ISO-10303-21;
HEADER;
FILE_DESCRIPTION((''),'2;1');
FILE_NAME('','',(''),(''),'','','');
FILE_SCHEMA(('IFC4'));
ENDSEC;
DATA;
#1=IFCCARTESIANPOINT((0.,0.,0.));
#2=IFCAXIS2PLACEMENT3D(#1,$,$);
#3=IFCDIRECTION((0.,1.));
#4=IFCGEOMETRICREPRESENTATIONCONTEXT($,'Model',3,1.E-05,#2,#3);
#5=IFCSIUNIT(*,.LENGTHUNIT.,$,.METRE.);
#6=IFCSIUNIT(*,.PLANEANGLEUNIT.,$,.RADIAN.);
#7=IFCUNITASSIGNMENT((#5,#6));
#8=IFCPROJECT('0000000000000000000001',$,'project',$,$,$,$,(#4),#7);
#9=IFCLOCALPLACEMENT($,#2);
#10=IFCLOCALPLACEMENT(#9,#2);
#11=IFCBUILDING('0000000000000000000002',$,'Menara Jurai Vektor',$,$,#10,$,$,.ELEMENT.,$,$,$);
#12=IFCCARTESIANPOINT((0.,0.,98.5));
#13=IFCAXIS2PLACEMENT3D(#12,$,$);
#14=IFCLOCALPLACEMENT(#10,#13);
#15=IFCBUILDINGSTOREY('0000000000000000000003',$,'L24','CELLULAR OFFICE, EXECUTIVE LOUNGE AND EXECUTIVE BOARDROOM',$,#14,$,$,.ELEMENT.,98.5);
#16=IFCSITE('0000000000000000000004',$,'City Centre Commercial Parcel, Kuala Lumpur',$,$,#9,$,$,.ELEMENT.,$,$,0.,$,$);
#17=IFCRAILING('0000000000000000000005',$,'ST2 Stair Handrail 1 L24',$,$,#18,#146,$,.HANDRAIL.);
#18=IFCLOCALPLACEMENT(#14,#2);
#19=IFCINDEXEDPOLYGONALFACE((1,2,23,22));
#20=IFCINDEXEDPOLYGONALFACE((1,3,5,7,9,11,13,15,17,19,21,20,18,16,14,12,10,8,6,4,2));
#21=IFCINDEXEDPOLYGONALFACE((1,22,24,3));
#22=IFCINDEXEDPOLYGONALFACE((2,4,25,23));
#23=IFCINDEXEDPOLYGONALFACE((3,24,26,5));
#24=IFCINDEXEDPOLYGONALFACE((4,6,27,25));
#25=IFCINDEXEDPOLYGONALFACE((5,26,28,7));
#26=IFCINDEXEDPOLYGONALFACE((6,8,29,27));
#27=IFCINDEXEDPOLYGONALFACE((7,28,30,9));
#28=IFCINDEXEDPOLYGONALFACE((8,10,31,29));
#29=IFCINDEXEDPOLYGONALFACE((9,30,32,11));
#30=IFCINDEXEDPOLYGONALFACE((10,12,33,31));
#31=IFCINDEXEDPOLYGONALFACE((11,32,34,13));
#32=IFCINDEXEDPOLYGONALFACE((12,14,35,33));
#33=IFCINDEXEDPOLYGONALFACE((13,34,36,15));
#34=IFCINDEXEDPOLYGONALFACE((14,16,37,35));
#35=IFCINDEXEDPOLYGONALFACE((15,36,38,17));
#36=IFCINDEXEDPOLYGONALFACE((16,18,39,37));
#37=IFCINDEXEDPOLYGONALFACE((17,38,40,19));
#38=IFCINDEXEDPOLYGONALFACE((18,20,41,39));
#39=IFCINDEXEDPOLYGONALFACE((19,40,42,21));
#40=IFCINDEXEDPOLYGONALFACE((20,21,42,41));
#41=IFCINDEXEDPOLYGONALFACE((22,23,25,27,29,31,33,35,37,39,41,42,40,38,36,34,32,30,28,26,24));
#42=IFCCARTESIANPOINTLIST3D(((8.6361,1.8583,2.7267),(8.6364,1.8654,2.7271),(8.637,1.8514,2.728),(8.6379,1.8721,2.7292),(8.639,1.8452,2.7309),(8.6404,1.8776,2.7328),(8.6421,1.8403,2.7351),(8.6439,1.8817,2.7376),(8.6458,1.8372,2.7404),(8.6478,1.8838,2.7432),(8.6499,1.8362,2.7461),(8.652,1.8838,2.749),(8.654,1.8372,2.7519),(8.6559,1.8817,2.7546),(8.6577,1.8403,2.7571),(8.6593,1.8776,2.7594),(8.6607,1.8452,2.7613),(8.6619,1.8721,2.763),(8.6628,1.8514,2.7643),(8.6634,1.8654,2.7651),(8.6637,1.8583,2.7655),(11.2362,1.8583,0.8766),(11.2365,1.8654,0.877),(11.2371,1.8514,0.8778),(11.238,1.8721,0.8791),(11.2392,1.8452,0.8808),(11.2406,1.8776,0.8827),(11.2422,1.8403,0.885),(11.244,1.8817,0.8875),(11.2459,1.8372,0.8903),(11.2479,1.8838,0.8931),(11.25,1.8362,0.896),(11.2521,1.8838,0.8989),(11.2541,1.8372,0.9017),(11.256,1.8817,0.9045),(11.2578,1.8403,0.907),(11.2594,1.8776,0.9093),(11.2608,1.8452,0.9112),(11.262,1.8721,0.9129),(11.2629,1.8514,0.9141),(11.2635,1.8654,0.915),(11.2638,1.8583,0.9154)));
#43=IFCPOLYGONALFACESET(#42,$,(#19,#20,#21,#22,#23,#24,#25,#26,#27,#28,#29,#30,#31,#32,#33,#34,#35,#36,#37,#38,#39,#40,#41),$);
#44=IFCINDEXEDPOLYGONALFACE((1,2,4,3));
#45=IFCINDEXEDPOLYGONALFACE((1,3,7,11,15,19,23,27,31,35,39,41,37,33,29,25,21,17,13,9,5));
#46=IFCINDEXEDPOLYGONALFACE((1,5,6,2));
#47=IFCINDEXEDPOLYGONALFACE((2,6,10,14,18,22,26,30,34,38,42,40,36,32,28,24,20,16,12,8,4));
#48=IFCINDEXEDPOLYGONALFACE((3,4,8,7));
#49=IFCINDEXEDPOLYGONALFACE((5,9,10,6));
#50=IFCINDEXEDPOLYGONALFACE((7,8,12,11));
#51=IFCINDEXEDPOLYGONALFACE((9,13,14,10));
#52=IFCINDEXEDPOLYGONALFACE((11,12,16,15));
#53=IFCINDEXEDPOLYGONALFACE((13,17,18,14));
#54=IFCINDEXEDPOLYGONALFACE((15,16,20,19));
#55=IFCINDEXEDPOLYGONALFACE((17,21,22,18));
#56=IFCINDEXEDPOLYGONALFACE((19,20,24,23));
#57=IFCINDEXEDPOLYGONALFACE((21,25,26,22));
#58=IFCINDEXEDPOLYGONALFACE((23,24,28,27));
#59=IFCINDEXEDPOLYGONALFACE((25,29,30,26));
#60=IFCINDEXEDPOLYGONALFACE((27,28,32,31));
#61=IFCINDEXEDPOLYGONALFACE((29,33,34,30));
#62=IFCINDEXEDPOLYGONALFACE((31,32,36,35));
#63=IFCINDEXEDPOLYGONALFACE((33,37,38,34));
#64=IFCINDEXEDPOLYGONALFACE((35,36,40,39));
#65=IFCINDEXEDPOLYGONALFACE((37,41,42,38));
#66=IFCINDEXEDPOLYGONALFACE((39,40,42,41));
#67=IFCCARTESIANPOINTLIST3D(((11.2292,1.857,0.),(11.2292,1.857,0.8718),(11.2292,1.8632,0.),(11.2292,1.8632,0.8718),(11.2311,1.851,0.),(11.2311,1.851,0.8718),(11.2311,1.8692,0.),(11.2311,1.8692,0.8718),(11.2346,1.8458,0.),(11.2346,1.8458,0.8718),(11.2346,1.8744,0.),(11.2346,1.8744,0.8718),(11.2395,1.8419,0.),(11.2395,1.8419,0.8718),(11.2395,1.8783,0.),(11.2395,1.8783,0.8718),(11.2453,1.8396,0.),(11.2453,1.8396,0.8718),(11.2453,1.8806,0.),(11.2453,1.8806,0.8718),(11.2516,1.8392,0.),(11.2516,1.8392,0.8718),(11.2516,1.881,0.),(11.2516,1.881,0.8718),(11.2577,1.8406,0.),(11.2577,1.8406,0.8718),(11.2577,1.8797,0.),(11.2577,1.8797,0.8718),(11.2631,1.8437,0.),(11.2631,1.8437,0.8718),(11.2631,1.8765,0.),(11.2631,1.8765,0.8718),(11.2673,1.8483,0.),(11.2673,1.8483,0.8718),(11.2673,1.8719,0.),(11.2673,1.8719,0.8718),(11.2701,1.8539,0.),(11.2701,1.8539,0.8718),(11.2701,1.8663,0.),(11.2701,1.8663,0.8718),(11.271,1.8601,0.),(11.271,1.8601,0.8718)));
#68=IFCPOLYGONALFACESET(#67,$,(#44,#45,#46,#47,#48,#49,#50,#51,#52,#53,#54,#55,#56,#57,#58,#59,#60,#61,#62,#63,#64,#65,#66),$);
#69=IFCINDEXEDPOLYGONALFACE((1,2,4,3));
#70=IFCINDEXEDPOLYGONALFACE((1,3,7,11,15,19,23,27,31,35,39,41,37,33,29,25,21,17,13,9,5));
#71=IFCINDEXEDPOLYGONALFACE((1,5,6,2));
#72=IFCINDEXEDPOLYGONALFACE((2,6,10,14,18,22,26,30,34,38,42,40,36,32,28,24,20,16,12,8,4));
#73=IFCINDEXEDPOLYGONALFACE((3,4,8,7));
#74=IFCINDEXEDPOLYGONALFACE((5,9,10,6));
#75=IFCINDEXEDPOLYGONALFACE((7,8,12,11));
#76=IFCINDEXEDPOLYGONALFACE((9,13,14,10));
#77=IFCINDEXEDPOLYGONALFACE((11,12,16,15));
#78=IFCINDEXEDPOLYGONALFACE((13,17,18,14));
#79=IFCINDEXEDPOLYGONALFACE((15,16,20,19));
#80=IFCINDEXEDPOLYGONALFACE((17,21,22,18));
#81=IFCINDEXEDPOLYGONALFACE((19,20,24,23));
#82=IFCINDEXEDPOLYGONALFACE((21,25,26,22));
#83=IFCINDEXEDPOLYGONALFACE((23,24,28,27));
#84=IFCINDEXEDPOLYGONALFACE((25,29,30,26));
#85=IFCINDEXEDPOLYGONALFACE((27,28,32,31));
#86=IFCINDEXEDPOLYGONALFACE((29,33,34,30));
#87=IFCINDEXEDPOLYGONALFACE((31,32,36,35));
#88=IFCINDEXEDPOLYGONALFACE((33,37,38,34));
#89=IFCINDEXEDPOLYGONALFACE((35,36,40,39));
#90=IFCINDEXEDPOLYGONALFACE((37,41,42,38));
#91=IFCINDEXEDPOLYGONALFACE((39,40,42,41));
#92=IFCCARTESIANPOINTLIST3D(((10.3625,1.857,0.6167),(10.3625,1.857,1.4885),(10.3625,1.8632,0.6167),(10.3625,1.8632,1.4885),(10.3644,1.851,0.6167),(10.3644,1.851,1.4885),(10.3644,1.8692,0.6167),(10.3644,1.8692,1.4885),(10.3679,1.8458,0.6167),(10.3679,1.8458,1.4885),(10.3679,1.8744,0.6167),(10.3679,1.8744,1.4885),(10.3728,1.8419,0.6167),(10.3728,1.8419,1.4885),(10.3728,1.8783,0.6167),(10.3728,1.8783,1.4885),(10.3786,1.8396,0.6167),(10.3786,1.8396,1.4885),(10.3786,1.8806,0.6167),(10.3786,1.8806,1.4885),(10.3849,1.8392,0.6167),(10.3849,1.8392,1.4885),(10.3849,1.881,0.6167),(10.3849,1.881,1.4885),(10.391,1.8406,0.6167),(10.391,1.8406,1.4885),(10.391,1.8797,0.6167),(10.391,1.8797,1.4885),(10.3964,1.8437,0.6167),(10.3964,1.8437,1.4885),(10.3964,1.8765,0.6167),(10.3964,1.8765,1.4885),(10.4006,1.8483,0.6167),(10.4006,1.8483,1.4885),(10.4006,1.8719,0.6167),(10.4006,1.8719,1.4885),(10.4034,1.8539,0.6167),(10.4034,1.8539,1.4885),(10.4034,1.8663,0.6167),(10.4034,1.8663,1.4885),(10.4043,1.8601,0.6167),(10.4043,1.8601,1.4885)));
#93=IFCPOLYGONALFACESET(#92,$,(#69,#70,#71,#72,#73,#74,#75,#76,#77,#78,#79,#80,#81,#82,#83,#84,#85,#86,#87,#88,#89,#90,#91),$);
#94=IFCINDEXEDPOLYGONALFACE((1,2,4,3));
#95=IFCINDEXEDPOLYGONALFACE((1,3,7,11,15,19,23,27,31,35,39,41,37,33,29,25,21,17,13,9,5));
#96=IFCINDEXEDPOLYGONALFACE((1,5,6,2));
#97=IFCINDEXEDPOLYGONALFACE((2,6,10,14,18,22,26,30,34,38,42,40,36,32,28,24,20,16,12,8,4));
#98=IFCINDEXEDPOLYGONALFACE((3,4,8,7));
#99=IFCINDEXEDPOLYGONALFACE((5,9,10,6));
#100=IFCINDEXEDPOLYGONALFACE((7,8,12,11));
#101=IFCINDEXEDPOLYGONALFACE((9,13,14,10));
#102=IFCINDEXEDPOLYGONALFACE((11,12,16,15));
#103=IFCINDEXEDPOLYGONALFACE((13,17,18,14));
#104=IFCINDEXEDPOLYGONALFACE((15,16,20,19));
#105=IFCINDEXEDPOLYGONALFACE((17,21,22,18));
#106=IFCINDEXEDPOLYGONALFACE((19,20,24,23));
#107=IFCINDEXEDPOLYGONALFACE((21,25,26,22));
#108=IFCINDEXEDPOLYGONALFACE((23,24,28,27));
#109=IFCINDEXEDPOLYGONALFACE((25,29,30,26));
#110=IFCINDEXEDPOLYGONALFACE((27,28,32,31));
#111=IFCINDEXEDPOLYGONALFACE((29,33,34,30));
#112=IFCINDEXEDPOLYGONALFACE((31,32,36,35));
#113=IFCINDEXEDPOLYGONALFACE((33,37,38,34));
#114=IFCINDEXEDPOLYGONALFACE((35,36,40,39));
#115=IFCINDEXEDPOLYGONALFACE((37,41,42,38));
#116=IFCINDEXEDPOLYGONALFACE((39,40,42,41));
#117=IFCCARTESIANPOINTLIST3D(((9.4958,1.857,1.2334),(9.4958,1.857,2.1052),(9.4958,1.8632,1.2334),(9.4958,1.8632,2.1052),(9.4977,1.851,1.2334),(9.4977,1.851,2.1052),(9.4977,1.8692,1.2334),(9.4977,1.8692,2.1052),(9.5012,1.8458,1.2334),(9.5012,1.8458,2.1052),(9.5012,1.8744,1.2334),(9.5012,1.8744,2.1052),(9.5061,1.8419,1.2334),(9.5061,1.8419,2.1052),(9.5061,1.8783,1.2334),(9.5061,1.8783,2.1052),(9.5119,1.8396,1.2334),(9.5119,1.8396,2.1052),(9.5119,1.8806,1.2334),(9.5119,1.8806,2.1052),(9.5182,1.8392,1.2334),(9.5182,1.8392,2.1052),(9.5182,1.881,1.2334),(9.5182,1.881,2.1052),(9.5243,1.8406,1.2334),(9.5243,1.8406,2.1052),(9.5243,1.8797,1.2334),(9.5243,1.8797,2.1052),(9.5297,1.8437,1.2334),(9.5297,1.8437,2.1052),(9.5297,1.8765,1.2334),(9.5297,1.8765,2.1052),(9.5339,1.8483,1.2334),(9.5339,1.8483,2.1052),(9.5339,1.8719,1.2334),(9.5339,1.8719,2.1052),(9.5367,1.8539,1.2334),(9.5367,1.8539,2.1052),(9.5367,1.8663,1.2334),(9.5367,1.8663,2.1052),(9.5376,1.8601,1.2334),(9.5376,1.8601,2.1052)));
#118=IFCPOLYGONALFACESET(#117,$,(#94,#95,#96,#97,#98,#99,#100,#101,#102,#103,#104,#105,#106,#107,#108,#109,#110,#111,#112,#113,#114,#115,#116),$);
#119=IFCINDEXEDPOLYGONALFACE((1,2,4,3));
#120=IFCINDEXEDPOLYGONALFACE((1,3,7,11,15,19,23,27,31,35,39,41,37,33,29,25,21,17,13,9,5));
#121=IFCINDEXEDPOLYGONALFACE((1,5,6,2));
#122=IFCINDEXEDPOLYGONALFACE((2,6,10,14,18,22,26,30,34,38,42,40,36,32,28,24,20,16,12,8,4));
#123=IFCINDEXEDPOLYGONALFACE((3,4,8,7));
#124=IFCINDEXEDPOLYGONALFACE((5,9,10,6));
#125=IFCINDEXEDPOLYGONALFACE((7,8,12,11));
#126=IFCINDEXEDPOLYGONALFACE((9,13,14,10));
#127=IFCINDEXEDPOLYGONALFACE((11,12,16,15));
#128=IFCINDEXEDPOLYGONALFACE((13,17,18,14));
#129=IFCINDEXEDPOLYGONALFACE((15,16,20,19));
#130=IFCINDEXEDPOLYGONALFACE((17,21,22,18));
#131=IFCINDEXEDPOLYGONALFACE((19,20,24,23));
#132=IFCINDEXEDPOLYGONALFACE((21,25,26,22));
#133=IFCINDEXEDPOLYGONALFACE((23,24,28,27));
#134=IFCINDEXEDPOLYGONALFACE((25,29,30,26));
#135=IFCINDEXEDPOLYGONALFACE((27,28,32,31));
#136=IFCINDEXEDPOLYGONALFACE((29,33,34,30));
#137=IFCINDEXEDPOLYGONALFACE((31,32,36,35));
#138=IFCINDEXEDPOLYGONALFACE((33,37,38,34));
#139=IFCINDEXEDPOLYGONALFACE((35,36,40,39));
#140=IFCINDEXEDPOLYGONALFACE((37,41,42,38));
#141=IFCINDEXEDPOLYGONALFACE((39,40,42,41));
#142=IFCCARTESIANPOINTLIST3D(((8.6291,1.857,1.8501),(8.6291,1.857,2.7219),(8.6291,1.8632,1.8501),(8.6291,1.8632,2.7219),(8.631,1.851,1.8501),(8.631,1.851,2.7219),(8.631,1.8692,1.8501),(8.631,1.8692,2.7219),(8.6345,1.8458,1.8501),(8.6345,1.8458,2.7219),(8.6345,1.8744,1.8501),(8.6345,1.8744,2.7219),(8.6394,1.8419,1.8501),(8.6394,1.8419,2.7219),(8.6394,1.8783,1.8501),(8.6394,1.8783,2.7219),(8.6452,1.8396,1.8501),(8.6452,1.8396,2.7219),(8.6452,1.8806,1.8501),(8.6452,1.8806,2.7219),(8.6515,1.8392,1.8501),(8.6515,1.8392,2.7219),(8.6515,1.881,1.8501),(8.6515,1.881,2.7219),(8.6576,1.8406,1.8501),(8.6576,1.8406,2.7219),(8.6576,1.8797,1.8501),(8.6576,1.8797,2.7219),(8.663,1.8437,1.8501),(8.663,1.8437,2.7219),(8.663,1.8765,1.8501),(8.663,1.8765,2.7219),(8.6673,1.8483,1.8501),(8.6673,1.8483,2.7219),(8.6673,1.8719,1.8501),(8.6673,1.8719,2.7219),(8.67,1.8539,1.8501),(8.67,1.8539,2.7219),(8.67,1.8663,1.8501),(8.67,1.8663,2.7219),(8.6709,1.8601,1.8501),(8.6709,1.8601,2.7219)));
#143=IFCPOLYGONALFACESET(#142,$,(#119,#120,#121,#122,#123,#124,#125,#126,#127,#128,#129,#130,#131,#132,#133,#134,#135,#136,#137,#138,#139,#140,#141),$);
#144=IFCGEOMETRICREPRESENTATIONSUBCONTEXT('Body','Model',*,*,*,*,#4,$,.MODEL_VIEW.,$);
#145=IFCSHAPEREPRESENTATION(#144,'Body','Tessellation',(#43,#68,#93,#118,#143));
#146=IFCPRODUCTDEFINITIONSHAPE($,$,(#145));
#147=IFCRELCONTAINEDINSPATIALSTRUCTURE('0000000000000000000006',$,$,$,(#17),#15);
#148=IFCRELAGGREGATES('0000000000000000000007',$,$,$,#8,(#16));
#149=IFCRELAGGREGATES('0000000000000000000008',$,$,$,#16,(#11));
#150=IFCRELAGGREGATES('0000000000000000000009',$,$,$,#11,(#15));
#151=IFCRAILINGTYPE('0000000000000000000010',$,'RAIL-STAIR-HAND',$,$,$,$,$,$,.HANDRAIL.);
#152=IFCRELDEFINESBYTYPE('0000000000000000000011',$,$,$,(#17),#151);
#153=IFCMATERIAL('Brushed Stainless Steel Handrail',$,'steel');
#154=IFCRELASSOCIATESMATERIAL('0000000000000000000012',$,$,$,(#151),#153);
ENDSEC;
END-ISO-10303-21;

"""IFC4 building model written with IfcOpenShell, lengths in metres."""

from ifc_helpers import new_model, si_unit, direction, frame, origin, origin_2d, place, context, subcontext, project, spatial, circle, extrude, material, type_object, element, save


model = new_model("IFC4")

# Units and contexts
model_context = context("Model", 3, precision=1e-05, world=origin(), true_north=direction((0.0, 1.0)))
body_context = subcontext(model_context, "Body", "Model", "MODEL_VIEW")
ifc_project = project(units=[si_unit("LENGTHUNIT", "METRE"), si_unit("PLANEANGLEUNIT", "RADIAN")], contexts=[model_context])

# Site, building, storey
site_placement = place(None, origin())
site = spatial("IfcSite", under=ifc_project, at=site_placement, Name="City Centre Commercial Parcel, Kuala Lumpur", CompositionType="ELEMENT", RefElevation=0.0)
building_placement = place(site_placement, origin())
building = spatial("IfcBuilding", under=site, at=building_placement, Name="Menara Jurai Vektor", CompositionType="ELEMENT")
storey_placement = place(building_placement, frame((0.0, 0.0, 98.5)))
storey = spatial("IfcBuildingStorey", under=building, at=storey_placement, Name="L24", Description="CELLULAR OFFICE, EXECUTIVE LOUNGE AND EXECUTIVE BOARDROOM", CompositionType="ELEMENT", Elevation=98.5)

# Railing
ifc_material_1 = material(Name="Brushed Stainless Steel Handrail", Category="steel")
railing_type_1 = type_object("IfcRailingType", Name="RAIL-STAIR-HAND", PredefinedType="HANDRAIL", material=ifc_material_1)
railing_1_placement = place(storey_placement, frame((11.25, 1.8601, 0.0)))
element("IfcRailing", 1, at=railing_1_placement, inside=storey, type_object=railing_type_1, Name="ST2 Stair Handrail 1 L24", PredefinedType="HANDRAIL", context=body_context, shape_type="SweptSolid", body=[
    extrude(circle(Radius=0.0239, at=origin_2d()), frame((0.0, 0.0, 0.896), z_axis=(-0.814787, 0.0, 0.579761), x_axis=(0.0, -1.0, 0.0)), (0.0, 0.0, 1.0), 3.1912),
    extrude(circle(Radius=0.021, at=origin_2d()), origin(), (0.0, 0.0, 1.0), 0.8718),
    extrude(circle(Radius=0.021, at=origin_2d()), frame((-0.8667, 0.0, 0.6167)), (0.0, 0.0, 1.0), 0.8718),
    extrude(circle(Radius=0.021, at=origin_2d()), frame((-1.7334, 0.0, 1.2334)), (0.0, 0.0, 1.0), 0.8718),
    extrude(circle(Radius=0.021, at=origin_2d()), frame((-2.6001, 0.0, 1.8501)), (0.0, 0.0, 1.0), 0.8718),
])

save(model, "model.ifc")
